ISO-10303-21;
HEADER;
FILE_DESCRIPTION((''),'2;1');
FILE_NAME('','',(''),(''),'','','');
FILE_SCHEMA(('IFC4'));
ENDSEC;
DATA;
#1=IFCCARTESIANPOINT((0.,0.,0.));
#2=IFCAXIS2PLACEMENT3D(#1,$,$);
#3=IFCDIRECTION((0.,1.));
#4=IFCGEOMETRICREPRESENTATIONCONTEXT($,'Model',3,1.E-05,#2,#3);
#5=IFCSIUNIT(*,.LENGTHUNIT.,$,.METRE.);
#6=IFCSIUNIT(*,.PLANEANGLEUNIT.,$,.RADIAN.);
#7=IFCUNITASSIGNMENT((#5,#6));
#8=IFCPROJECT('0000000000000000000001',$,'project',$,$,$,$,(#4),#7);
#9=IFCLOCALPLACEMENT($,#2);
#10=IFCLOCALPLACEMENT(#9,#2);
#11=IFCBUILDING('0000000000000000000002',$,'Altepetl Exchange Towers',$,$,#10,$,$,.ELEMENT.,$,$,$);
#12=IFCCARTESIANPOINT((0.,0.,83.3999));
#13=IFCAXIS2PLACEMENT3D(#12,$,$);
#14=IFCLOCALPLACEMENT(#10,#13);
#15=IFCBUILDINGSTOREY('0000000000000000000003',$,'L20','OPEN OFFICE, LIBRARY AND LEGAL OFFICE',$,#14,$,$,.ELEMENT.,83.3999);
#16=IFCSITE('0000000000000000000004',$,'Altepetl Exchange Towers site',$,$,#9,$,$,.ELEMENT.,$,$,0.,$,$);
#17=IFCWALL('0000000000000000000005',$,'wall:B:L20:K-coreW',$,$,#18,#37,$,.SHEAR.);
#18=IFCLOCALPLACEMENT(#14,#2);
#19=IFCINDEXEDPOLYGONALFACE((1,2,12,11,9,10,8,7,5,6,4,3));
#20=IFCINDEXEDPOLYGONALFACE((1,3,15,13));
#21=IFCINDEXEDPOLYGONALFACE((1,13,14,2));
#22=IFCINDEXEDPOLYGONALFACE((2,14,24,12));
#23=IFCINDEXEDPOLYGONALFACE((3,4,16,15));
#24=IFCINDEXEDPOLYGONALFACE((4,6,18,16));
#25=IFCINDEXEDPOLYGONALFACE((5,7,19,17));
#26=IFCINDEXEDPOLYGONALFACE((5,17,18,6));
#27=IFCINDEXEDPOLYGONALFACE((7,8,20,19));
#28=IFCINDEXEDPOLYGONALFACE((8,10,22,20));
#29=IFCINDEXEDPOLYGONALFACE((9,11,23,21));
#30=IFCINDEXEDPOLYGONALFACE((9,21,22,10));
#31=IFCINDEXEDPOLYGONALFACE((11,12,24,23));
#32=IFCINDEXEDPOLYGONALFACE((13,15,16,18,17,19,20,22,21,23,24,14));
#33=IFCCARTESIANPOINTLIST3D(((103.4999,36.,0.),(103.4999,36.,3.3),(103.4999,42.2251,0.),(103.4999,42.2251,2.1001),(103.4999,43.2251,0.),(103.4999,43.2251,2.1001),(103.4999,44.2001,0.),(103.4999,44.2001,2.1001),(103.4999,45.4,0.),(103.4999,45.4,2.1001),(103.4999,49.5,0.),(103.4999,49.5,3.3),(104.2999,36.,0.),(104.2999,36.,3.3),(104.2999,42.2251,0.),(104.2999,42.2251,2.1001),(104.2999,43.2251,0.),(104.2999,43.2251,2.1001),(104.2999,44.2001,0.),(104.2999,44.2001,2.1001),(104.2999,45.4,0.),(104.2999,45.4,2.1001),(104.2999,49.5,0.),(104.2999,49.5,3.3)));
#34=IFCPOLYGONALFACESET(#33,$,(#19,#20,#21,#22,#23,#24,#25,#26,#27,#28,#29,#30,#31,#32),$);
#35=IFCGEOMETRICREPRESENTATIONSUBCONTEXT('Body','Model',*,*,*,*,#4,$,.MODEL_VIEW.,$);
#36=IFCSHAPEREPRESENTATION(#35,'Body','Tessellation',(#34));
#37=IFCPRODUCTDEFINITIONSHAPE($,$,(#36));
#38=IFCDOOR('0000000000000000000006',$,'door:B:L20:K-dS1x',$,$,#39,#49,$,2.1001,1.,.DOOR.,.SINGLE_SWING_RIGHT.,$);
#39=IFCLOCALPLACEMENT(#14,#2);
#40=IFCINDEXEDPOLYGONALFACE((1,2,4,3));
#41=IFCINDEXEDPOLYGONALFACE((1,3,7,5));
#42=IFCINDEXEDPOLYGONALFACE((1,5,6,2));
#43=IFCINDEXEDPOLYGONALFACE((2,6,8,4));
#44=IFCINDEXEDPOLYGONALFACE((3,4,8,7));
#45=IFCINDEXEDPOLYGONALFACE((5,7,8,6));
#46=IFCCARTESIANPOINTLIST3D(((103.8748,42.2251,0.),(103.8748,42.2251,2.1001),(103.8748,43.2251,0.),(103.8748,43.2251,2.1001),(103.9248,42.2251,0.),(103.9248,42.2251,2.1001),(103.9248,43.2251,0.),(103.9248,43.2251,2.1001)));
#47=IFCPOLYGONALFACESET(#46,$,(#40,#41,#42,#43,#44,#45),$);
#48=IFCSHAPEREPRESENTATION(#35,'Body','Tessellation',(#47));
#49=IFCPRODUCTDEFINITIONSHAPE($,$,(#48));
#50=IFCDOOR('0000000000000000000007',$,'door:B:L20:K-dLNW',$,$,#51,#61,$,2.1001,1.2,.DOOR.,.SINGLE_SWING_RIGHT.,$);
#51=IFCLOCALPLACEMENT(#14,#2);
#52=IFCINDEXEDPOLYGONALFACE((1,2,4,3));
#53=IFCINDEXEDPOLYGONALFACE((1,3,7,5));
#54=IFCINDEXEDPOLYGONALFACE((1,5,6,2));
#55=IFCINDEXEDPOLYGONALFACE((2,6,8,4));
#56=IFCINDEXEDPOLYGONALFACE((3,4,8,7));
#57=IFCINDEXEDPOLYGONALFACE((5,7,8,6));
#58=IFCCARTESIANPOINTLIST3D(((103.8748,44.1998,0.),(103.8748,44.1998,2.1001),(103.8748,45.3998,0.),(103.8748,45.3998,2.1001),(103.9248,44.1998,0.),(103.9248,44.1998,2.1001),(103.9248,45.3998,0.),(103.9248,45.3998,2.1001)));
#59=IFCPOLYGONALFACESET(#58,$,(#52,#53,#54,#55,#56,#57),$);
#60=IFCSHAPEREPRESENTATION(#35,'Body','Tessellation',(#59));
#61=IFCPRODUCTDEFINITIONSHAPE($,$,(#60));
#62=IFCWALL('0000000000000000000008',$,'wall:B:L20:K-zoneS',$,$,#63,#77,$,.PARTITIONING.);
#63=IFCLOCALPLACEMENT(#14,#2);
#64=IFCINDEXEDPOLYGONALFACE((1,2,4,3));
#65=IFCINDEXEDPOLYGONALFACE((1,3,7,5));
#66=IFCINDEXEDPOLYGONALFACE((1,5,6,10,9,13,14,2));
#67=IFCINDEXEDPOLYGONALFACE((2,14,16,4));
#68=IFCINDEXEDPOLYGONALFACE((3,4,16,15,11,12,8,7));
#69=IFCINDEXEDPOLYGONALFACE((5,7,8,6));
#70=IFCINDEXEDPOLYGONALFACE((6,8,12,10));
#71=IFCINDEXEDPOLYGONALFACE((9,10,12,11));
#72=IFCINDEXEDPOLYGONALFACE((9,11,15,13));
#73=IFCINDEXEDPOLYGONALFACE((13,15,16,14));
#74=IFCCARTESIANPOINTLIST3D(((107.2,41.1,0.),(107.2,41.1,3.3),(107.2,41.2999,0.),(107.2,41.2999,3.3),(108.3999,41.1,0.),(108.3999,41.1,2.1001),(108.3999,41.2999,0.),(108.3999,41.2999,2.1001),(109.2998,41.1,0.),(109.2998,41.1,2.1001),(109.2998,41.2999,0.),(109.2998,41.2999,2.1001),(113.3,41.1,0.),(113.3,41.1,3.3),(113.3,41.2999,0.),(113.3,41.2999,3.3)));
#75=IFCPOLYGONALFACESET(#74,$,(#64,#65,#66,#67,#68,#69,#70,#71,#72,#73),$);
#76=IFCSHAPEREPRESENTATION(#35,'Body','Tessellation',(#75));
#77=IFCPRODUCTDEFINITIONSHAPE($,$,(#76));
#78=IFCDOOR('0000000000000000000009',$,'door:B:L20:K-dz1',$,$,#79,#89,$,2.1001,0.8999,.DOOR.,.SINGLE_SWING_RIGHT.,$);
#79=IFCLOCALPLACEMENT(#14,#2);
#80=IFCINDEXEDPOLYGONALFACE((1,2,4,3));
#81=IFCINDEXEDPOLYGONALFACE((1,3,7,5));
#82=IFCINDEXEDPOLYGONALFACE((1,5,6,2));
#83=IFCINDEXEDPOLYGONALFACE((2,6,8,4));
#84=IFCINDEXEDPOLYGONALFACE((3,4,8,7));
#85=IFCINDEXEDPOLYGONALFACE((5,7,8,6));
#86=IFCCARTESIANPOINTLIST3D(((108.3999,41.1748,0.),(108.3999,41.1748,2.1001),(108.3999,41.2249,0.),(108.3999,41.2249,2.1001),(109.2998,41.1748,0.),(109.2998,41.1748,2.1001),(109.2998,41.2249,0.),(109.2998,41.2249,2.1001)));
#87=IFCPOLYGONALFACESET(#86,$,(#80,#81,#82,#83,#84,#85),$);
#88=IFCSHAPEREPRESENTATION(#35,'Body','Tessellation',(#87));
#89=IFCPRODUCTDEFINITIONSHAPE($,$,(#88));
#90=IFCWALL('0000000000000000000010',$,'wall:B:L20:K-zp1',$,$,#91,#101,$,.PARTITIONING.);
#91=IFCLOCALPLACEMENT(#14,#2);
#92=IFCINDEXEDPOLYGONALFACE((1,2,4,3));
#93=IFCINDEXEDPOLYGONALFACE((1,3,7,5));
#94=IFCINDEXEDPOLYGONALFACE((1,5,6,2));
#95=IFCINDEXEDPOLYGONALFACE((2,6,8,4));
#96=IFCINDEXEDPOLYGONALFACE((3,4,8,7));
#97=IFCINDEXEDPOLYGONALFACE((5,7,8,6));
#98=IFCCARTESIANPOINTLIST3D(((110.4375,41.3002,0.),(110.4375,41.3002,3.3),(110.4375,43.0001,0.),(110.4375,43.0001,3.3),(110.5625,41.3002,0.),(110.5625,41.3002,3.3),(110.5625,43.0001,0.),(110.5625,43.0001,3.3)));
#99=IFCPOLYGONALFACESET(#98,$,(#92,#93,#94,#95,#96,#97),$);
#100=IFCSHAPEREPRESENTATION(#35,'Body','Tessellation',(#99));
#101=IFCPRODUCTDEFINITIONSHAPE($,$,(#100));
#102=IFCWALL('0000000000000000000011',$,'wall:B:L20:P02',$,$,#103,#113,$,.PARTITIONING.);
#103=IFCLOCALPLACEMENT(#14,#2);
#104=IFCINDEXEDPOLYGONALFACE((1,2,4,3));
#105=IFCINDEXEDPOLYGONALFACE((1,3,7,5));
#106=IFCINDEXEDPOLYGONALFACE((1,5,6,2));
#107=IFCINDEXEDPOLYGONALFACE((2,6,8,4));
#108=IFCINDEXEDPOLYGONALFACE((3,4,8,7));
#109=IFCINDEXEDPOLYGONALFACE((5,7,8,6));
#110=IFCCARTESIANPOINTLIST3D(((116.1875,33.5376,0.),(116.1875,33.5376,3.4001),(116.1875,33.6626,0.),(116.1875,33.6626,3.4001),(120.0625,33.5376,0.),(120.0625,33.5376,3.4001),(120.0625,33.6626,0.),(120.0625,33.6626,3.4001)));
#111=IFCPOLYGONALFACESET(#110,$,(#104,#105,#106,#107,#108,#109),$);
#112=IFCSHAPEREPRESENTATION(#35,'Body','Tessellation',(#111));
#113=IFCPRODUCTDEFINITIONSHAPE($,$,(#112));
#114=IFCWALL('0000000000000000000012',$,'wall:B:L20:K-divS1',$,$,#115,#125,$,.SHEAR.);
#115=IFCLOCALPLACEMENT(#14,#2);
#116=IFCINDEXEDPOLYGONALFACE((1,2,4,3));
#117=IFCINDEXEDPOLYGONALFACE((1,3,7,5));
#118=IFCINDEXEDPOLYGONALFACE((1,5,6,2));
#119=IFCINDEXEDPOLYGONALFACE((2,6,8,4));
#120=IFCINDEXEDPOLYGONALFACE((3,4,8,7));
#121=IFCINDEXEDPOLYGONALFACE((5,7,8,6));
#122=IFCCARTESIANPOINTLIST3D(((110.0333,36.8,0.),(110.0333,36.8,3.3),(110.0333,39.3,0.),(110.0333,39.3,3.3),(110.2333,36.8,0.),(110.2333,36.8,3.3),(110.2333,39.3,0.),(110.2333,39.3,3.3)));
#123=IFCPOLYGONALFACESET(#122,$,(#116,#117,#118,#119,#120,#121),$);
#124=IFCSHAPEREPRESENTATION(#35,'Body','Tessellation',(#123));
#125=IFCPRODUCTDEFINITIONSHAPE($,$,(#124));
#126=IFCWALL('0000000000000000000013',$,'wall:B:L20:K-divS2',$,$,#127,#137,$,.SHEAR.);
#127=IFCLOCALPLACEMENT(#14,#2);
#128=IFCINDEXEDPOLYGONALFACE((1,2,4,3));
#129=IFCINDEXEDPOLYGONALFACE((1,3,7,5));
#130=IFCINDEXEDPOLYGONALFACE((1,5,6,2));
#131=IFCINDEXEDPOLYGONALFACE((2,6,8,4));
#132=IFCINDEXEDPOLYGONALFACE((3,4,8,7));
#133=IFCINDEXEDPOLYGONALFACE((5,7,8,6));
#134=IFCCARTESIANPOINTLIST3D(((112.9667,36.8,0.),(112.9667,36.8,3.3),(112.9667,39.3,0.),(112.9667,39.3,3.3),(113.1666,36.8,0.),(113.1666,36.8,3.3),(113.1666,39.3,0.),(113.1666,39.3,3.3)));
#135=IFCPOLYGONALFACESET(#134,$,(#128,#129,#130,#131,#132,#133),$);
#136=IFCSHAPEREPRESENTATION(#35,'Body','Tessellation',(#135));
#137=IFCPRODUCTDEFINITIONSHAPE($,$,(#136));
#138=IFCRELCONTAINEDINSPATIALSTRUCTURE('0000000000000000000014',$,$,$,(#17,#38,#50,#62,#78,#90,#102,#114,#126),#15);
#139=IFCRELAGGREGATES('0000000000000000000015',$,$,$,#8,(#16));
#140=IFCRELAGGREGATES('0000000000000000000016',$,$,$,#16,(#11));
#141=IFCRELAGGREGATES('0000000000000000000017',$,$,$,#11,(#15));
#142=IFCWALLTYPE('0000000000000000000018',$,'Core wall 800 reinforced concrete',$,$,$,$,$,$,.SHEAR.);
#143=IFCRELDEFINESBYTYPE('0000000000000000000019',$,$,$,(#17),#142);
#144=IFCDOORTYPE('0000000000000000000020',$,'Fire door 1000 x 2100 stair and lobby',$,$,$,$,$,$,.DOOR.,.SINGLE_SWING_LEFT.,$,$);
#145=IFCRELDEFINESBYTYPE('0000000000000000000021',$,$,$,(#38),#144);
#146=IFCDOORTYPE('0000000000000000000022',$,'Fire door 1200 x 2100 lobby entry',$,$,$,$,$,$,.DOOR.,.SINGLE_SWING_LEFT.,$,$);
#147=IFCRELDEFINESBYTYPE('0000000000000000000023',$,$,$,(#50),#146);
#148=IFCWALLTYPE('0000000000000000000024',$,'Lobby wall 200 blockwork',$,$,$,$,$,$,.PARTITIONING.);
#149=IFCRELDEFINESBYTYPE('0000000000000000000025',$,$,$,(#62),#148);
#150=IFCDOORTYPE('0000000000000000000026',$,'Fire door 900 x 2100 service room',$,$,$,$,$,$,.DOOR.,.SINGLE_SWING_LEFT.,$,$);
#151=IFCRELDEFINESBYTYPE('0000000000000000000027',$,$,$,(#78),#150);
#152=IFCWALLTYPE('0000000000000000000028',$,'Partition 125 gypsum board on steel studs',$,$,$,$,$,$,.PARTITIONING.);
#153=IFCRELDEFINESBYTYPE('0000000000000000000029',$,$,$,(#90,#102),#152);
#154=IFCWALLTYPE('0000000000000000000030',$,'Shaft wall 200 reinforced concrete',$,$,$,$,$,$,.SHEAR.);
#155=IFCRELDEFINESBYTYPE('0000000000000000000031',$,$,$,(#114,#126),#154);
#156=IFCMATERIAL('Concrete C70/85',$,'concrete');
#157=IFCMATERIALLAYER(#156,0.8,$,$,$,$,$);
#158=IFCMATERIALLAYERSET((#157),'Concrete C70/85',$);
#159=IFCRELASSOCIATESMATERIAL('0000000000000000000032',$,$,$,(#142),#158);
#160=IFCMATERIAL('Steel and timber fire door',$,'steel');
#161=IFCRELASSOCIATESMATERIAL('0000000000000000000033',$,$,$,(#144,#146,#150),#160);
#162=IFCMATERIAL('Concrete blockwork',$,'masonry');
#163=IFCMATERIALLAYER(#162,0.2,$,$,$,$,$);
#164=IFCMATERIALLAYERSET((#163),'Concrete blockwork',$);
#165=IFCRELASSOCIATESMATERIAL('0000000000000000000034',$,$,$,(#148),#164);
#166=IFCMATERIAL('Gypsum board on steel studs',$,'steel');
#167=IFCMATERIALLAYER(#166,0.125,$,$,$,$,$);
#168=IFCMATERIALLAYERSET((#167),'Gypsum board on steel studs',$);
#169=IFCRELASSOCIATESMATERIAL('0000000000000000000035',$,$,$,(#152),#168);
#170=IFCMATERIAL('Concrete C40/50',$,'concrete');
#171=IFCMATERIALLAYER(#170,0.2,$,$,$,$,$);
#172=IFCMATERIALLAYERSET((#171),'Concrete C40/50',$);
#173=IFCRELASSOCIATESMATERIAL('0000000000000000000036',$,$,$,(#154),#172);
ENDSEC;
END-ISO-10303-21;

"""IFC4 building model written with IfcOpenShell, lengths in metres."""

from ifc_helpers import new_model, si_unit, direction, frame, frame_2d, origin, place, context, subcontext, project, spatial, rectangle, extrude, material, layer, layer_set, type_object, element, fill, save


model = new_model("IFC4")

# Units and contexts
model_context = context("Model", 3, precision=1e-05, world=origin(), true_north=direction((0.0, 1.0)))
body_context = subcontext(model_context, "Body", "Model", "MODEL_VIEW")
ifc_project = project(units=[si_unit("LENGTHUNIT", "METRE"), si_unit("PLANEANGLEUNIT", "RADIAN")], contexts=[model_context])

# Site, building, storey
site_placement = place(None, origin())
site = spatial("IfcSite", under=ifc_project, at=site_placement, Name="Altepetl Exchange Towers site", CompositionType="ELEMENT", RefElevation=0.0)
building_placement = place(site_placement, origin())
building = spatial("IfcBuilding", under=site, at=building_placement, Name="Altepetl Exchange Towers", CompositionType="ELEMENT")
storey_placement = place(building_placement, frame((0.0, 0.0, 83.3999)))
storey = spatial("IfcBuildingStorey", under=building, at=storey_placement, Name="L20", Description="OPEN OFFICE, LIBRARY AND LEGAL OFFICE", CompositionType="ELEMENT", Elevation=83.3999)

# Shared definitions
ifc_material_1 = material(Name="Concrete C70/85", Category="concrete")

# Shared definitions
ifc_layer_1 = layer(ifc_material_1, 0.8)
ifc_layer_set_1 = layer_set([ifc_layer_1], Name="Concrete C70/85")
wall_type_1 = type_object("IfcWallType", Name="Core wall 800 reinforced concrete", PredefinedType="SHEAR", material=ifc_layer_set_1)
ifc_material_2 = material(Name="Steel and timber fire door", Category="steel")
door_type_1 = type_object("IfcDoorType", Name="Fire door 1000 x 2100 stair and lobby", OperationType="SINGLE_SWING_LEFT", PredefinedType="DOOR", material=ifc_material_2)
door_type_2 = type_object("IfcDoorType", Name="Fire door 1200 x 2100 lobby entry", OperationType="SINGLE_SWING_LEFT", PredefinedType="DOOR", material=ifc_material_2)

# Wall, openings, doors
wall_1_placement = place(storey_placement, frame((103.8999, 36.0, 0.0), z_axis=(0.0, 0.0, 1.0), x_axis=(0.0, 1.0, 0.0)))
wall_1 = element("IfcWall", 1, at=wall_1_placement, inside=storey, type_object=wall_type_1, Name="wall:B:L20:K-coreW", PredefinedType="SHEAR", context=body_context, shape_type="SweptSolid", body=[
    extrude(rectangle(XDim=13.5, YDim=0.8, at=frame_2d((6.75, 0.0))), origin(), (0.0, 0.0, 1.0), 3.3),
])
opening_1_placement = place(wall_1_placement, frame((8.2, 0.0, 0.0)))
opening_1 = element("IfcOpeningElement", 2, at=opening_1_placement, cuts=wall_1, PredefinedType="OPENING", context=body_context, shape_type="SweptSolid", body=[
    extrude(rectangle(XDim=1.2, YDim=2.1001, at=frame_2d((0.6001, 1.05))), frame((0.0, 0.4102, 0.0), z_axis=(0.0, -1.0, 0.0), x_axis=(1.0, 0.0, 0.0)), (0.0, 0.0, 1.0), 0.8201),
])
opening_2_placement = place(wall_1_placement, frame((6.2251, 0.0, 0.0)))
opening_2 = element("IfcOpeningElement", 3, at=opening_2_placement, cuts=wall_1, PredefinedType="OPENING", context=body_context, shape_type="SweptSolid", body=[
    extrude(rectangle(XDim=1.0, YDim=2.1001, at=frame_2d((0.5, 1.05))), frame((0.0, 0.4102, 0.0), z_axis=(0.0, -1.0, 0.0), x_axis=(1.0, 0.0, 0.0)), (0.0, 0.0, 1.0), 0.8201),
])
door_1_placement = place(opening_2_placement, frame((1.0, 0.0, 0.0), x_axis=(-1.0, 0.0, 0.0)))
door_1 = element("IfcDoor", 4, at=door_1_placement, inside=storey, type_object=door_type_1, Name="door:B:L20:K-dS1x", OperationType="SINGLE_SWING_RIGHT", OverallHeight=2.1001, OverallWidth=1.0, PredefinedType="DOOR", context=body_context, shape_type="SweptSolid", body=[
    extrude(rectangle(XDim=1.0, YDim=2.1001, at=frame_2d((0.5, 1.05))), frame((0.0, 0.0249, 0.0), z_axis=(0.0, -1.0, 0.0), x_axis=(1.0, 0.0, 0.0)), (0.0, 0.0, 1.0), 0.05),
])
fill(opening_2, door_1)
door_2_placement = place(opening_1_placement, frame((1.2, 0.0, 0.0), x_axis=(-1.0, 0.0, 0.0)))
door_2 = element("IfcDoor", 5, at=door_2_placement, inside=storey, type_object=door_type_2, Name="door:B:L20:K-dLNW", OperationType="SINGLE_SWING_RIGHT", OverallHeight=2.1001, OverallWidth=1.2, PredefinedType="DOOR", context=body_context, shape_type="SweptSolid", body=[
    extrude(rectangle(XDim=1.2, YDim=2.1001, at=frame_2d((0.6001, 1.05))), frame((0.0, 0.0249, 0.0), z_axis=(0.0, -1.0, 0.0), x_axis=(1.0, 0.0, 0.0)), (0.0, 0.0, 1.0), 0.05),
])
fill(opening_1, door_2)

# Wall, opening, door
ifc_material_3 = material(Name="Concrete blockwork", Category="masonry")
ifc_layer_2 = layer(ifc_material_3, 0.2)
ifc_layer_set_2 = layer_set([ifc_layer_2], Name="Concrete blockwork")
wall_type_2 = type_object("IfcWallType", Name="Lobby wall 200 blockwork", PredefinedType="PARTITIONING", material=ifc_layer_set_2)
wall_2_placement = place(storey_placement, frame((107.2, 41.2, 0.0)))
wall_2 = element("IfcWall", 6, at=wall_2_placement, inside=storey, type_object=wall_type_2, Name="wall:B:L20:K-zoneS", PredefinedType="PARTITIONING", context=body_context, shape_type="SweptSolid", body=[
    extrude(rectangle(XDim=6.1001, YDim=0.2, at=frame_2d((3.05, 0.0))), origin(), (0.0, 0.0, 1.0), 3.3),
])
opening_3_placement = place(wall_2_placement, frame((1.2, 0.0, 0.0)))
opening_3 = element("IfcOpeningElement", 7, at=opening_3_placement, cuts=wall_2, PredefinedType="OPENING", context=body_context, shape_type="SweptSolid", body=[
    extrude(rectangle(XDim=0.8999, YDim=2.1001, at=frame_2d((0.45, 1.05))), frame((0.0, 0.1099, 0.0), z_axis=(0.0, -1.0, 0.0), x_axis=(1.0, 0.0, 0.0)), (0.0, 0.0, 1.0), 0.22),
])
door_type_3 = type_object("IfcDoorType", Name="Fire door 900 x 2100 service room", OperationType="SINGLE_SWING_LEFT", PredefinedType="DOOR", material=ifc_material_2)
door_3_placement = place(opening_3_placement, origin())
door_3 = element("IfcDoor", 8, at=door_3_placement, inside=storey, type_object=door_type_3, Name="door:B:L20:K-dz1", OperationType="SINGLE_SWING_RIGHT", OverallHeight=2.1001, OverallWidth=0.8999, PredefinedType="DOOR", context=body_context, shape_type="SweptSolid", body=[
    extrude(rectangle(XDim=0.8999, YDim=2.1001, at=frame_2d((0.45, 1.05))), frame((0.0, 0.0249, 0.0), z_axis=(0.0, -1.0, 0.0), x_axis=(1.0, 0.0, 0.0)), (0.0, 0.0, 1.0), 0.05),
])
fill(opening_3, door_3)

# Walls
ifc_material_4 = material(Name="Gypsum board on steel studs", Category="steel")
ifc_layer_3 = layer(ifc_material_4, 0.125)
ifc_layer_set_3 = layer_set([ifc_layer_3], Name="Gypsum board on steel studs")
wall_type_3 = type_object("IfcWallType", Name="Partition 125 gypsum board on steel studs", PredefinedType="PARTITIONING", material=ifc_layer_set_3)
wall_3_placement = place(storey_placement, frame((110.5, 41.3, 0.0), z_axis=(0.0, 0.0, 1.0), x_axis=(0.0, 1.0, 0.0)))
element("IfcWall", 9, at=wall_3_placement, inside=storey, type_object=wall_type_3, Name="wall:B:L20:K-zp1", PredefinedType="PARTITIONING", context=body_context, shape_type="SweptSolid", body=[
    extrude(rectangle(XDim=1.7, YDim=0.125, at=frame_2d((0.8501, 0.0))), origin(), (0.0, 0.0, 1.0), 3.3),
])
wall_4_placement = place(storey_placement, frame((116.1875, 33.6001, 0.0)))
element("IfcWall", 10, at=wall_4_placement, inside=storey, type_object=wall_type_3, Name="wall:B:L20:P02", PredefinedType="PARTITIONING", context=body_context, shape_type="SweptSolid", body=[
    extrude(rectangle(XDim=3.875, YDim=0.125, at=frame_2d((1.9375, 0.0))), origin(), (0.0, 0.0, 1.0), 3.4001),
])
ifc_material_5 = material(Name="Concrete C40/50", Category="concrete")
ifc_layer_4 = layer(ifc_material_5, 0.2)
ifc_layer_set_4 = layer_set([ifc_layer_4], Name="Concrete C40/50")
wall_type_4 = type_object("IfcWallType", Name="Shaft wall 200 reinforced concrete", PredefinedType="SHEAR", material=ifc_layer_set_4)
for number, where, z_axis, x_axis, name in (
    (11, (110.1333, 36.8, 0.0), (0.0, 0.0, 1.0), (0.0, 1.0, 0.0), "wall:B:L20:K-divS1"),
    (12, (113.0667, 36.8, 0.0), (0.0, 0.0, 1.0), (0.0, 1.0, 0.0), "wall:B:L20:K-divS2"),
):
    element("IfcWall", number, at=place(storey_placement, frame(where, z_axis=z_axis, x_axis=x_axis)), inside=storey, type_object=wall_type_4, Name=name, PredefinedType="SHEAR", context=body_context, shape_type="SweptSolid", body=[
        extrude(rectangle(XDim=2.5, YDim=0.2, at=frame_2d((1.25, 0.0))), origin(), (0.0, 0.0, 1.0), 3.3),
    ])

save(model, "model.ifc")
